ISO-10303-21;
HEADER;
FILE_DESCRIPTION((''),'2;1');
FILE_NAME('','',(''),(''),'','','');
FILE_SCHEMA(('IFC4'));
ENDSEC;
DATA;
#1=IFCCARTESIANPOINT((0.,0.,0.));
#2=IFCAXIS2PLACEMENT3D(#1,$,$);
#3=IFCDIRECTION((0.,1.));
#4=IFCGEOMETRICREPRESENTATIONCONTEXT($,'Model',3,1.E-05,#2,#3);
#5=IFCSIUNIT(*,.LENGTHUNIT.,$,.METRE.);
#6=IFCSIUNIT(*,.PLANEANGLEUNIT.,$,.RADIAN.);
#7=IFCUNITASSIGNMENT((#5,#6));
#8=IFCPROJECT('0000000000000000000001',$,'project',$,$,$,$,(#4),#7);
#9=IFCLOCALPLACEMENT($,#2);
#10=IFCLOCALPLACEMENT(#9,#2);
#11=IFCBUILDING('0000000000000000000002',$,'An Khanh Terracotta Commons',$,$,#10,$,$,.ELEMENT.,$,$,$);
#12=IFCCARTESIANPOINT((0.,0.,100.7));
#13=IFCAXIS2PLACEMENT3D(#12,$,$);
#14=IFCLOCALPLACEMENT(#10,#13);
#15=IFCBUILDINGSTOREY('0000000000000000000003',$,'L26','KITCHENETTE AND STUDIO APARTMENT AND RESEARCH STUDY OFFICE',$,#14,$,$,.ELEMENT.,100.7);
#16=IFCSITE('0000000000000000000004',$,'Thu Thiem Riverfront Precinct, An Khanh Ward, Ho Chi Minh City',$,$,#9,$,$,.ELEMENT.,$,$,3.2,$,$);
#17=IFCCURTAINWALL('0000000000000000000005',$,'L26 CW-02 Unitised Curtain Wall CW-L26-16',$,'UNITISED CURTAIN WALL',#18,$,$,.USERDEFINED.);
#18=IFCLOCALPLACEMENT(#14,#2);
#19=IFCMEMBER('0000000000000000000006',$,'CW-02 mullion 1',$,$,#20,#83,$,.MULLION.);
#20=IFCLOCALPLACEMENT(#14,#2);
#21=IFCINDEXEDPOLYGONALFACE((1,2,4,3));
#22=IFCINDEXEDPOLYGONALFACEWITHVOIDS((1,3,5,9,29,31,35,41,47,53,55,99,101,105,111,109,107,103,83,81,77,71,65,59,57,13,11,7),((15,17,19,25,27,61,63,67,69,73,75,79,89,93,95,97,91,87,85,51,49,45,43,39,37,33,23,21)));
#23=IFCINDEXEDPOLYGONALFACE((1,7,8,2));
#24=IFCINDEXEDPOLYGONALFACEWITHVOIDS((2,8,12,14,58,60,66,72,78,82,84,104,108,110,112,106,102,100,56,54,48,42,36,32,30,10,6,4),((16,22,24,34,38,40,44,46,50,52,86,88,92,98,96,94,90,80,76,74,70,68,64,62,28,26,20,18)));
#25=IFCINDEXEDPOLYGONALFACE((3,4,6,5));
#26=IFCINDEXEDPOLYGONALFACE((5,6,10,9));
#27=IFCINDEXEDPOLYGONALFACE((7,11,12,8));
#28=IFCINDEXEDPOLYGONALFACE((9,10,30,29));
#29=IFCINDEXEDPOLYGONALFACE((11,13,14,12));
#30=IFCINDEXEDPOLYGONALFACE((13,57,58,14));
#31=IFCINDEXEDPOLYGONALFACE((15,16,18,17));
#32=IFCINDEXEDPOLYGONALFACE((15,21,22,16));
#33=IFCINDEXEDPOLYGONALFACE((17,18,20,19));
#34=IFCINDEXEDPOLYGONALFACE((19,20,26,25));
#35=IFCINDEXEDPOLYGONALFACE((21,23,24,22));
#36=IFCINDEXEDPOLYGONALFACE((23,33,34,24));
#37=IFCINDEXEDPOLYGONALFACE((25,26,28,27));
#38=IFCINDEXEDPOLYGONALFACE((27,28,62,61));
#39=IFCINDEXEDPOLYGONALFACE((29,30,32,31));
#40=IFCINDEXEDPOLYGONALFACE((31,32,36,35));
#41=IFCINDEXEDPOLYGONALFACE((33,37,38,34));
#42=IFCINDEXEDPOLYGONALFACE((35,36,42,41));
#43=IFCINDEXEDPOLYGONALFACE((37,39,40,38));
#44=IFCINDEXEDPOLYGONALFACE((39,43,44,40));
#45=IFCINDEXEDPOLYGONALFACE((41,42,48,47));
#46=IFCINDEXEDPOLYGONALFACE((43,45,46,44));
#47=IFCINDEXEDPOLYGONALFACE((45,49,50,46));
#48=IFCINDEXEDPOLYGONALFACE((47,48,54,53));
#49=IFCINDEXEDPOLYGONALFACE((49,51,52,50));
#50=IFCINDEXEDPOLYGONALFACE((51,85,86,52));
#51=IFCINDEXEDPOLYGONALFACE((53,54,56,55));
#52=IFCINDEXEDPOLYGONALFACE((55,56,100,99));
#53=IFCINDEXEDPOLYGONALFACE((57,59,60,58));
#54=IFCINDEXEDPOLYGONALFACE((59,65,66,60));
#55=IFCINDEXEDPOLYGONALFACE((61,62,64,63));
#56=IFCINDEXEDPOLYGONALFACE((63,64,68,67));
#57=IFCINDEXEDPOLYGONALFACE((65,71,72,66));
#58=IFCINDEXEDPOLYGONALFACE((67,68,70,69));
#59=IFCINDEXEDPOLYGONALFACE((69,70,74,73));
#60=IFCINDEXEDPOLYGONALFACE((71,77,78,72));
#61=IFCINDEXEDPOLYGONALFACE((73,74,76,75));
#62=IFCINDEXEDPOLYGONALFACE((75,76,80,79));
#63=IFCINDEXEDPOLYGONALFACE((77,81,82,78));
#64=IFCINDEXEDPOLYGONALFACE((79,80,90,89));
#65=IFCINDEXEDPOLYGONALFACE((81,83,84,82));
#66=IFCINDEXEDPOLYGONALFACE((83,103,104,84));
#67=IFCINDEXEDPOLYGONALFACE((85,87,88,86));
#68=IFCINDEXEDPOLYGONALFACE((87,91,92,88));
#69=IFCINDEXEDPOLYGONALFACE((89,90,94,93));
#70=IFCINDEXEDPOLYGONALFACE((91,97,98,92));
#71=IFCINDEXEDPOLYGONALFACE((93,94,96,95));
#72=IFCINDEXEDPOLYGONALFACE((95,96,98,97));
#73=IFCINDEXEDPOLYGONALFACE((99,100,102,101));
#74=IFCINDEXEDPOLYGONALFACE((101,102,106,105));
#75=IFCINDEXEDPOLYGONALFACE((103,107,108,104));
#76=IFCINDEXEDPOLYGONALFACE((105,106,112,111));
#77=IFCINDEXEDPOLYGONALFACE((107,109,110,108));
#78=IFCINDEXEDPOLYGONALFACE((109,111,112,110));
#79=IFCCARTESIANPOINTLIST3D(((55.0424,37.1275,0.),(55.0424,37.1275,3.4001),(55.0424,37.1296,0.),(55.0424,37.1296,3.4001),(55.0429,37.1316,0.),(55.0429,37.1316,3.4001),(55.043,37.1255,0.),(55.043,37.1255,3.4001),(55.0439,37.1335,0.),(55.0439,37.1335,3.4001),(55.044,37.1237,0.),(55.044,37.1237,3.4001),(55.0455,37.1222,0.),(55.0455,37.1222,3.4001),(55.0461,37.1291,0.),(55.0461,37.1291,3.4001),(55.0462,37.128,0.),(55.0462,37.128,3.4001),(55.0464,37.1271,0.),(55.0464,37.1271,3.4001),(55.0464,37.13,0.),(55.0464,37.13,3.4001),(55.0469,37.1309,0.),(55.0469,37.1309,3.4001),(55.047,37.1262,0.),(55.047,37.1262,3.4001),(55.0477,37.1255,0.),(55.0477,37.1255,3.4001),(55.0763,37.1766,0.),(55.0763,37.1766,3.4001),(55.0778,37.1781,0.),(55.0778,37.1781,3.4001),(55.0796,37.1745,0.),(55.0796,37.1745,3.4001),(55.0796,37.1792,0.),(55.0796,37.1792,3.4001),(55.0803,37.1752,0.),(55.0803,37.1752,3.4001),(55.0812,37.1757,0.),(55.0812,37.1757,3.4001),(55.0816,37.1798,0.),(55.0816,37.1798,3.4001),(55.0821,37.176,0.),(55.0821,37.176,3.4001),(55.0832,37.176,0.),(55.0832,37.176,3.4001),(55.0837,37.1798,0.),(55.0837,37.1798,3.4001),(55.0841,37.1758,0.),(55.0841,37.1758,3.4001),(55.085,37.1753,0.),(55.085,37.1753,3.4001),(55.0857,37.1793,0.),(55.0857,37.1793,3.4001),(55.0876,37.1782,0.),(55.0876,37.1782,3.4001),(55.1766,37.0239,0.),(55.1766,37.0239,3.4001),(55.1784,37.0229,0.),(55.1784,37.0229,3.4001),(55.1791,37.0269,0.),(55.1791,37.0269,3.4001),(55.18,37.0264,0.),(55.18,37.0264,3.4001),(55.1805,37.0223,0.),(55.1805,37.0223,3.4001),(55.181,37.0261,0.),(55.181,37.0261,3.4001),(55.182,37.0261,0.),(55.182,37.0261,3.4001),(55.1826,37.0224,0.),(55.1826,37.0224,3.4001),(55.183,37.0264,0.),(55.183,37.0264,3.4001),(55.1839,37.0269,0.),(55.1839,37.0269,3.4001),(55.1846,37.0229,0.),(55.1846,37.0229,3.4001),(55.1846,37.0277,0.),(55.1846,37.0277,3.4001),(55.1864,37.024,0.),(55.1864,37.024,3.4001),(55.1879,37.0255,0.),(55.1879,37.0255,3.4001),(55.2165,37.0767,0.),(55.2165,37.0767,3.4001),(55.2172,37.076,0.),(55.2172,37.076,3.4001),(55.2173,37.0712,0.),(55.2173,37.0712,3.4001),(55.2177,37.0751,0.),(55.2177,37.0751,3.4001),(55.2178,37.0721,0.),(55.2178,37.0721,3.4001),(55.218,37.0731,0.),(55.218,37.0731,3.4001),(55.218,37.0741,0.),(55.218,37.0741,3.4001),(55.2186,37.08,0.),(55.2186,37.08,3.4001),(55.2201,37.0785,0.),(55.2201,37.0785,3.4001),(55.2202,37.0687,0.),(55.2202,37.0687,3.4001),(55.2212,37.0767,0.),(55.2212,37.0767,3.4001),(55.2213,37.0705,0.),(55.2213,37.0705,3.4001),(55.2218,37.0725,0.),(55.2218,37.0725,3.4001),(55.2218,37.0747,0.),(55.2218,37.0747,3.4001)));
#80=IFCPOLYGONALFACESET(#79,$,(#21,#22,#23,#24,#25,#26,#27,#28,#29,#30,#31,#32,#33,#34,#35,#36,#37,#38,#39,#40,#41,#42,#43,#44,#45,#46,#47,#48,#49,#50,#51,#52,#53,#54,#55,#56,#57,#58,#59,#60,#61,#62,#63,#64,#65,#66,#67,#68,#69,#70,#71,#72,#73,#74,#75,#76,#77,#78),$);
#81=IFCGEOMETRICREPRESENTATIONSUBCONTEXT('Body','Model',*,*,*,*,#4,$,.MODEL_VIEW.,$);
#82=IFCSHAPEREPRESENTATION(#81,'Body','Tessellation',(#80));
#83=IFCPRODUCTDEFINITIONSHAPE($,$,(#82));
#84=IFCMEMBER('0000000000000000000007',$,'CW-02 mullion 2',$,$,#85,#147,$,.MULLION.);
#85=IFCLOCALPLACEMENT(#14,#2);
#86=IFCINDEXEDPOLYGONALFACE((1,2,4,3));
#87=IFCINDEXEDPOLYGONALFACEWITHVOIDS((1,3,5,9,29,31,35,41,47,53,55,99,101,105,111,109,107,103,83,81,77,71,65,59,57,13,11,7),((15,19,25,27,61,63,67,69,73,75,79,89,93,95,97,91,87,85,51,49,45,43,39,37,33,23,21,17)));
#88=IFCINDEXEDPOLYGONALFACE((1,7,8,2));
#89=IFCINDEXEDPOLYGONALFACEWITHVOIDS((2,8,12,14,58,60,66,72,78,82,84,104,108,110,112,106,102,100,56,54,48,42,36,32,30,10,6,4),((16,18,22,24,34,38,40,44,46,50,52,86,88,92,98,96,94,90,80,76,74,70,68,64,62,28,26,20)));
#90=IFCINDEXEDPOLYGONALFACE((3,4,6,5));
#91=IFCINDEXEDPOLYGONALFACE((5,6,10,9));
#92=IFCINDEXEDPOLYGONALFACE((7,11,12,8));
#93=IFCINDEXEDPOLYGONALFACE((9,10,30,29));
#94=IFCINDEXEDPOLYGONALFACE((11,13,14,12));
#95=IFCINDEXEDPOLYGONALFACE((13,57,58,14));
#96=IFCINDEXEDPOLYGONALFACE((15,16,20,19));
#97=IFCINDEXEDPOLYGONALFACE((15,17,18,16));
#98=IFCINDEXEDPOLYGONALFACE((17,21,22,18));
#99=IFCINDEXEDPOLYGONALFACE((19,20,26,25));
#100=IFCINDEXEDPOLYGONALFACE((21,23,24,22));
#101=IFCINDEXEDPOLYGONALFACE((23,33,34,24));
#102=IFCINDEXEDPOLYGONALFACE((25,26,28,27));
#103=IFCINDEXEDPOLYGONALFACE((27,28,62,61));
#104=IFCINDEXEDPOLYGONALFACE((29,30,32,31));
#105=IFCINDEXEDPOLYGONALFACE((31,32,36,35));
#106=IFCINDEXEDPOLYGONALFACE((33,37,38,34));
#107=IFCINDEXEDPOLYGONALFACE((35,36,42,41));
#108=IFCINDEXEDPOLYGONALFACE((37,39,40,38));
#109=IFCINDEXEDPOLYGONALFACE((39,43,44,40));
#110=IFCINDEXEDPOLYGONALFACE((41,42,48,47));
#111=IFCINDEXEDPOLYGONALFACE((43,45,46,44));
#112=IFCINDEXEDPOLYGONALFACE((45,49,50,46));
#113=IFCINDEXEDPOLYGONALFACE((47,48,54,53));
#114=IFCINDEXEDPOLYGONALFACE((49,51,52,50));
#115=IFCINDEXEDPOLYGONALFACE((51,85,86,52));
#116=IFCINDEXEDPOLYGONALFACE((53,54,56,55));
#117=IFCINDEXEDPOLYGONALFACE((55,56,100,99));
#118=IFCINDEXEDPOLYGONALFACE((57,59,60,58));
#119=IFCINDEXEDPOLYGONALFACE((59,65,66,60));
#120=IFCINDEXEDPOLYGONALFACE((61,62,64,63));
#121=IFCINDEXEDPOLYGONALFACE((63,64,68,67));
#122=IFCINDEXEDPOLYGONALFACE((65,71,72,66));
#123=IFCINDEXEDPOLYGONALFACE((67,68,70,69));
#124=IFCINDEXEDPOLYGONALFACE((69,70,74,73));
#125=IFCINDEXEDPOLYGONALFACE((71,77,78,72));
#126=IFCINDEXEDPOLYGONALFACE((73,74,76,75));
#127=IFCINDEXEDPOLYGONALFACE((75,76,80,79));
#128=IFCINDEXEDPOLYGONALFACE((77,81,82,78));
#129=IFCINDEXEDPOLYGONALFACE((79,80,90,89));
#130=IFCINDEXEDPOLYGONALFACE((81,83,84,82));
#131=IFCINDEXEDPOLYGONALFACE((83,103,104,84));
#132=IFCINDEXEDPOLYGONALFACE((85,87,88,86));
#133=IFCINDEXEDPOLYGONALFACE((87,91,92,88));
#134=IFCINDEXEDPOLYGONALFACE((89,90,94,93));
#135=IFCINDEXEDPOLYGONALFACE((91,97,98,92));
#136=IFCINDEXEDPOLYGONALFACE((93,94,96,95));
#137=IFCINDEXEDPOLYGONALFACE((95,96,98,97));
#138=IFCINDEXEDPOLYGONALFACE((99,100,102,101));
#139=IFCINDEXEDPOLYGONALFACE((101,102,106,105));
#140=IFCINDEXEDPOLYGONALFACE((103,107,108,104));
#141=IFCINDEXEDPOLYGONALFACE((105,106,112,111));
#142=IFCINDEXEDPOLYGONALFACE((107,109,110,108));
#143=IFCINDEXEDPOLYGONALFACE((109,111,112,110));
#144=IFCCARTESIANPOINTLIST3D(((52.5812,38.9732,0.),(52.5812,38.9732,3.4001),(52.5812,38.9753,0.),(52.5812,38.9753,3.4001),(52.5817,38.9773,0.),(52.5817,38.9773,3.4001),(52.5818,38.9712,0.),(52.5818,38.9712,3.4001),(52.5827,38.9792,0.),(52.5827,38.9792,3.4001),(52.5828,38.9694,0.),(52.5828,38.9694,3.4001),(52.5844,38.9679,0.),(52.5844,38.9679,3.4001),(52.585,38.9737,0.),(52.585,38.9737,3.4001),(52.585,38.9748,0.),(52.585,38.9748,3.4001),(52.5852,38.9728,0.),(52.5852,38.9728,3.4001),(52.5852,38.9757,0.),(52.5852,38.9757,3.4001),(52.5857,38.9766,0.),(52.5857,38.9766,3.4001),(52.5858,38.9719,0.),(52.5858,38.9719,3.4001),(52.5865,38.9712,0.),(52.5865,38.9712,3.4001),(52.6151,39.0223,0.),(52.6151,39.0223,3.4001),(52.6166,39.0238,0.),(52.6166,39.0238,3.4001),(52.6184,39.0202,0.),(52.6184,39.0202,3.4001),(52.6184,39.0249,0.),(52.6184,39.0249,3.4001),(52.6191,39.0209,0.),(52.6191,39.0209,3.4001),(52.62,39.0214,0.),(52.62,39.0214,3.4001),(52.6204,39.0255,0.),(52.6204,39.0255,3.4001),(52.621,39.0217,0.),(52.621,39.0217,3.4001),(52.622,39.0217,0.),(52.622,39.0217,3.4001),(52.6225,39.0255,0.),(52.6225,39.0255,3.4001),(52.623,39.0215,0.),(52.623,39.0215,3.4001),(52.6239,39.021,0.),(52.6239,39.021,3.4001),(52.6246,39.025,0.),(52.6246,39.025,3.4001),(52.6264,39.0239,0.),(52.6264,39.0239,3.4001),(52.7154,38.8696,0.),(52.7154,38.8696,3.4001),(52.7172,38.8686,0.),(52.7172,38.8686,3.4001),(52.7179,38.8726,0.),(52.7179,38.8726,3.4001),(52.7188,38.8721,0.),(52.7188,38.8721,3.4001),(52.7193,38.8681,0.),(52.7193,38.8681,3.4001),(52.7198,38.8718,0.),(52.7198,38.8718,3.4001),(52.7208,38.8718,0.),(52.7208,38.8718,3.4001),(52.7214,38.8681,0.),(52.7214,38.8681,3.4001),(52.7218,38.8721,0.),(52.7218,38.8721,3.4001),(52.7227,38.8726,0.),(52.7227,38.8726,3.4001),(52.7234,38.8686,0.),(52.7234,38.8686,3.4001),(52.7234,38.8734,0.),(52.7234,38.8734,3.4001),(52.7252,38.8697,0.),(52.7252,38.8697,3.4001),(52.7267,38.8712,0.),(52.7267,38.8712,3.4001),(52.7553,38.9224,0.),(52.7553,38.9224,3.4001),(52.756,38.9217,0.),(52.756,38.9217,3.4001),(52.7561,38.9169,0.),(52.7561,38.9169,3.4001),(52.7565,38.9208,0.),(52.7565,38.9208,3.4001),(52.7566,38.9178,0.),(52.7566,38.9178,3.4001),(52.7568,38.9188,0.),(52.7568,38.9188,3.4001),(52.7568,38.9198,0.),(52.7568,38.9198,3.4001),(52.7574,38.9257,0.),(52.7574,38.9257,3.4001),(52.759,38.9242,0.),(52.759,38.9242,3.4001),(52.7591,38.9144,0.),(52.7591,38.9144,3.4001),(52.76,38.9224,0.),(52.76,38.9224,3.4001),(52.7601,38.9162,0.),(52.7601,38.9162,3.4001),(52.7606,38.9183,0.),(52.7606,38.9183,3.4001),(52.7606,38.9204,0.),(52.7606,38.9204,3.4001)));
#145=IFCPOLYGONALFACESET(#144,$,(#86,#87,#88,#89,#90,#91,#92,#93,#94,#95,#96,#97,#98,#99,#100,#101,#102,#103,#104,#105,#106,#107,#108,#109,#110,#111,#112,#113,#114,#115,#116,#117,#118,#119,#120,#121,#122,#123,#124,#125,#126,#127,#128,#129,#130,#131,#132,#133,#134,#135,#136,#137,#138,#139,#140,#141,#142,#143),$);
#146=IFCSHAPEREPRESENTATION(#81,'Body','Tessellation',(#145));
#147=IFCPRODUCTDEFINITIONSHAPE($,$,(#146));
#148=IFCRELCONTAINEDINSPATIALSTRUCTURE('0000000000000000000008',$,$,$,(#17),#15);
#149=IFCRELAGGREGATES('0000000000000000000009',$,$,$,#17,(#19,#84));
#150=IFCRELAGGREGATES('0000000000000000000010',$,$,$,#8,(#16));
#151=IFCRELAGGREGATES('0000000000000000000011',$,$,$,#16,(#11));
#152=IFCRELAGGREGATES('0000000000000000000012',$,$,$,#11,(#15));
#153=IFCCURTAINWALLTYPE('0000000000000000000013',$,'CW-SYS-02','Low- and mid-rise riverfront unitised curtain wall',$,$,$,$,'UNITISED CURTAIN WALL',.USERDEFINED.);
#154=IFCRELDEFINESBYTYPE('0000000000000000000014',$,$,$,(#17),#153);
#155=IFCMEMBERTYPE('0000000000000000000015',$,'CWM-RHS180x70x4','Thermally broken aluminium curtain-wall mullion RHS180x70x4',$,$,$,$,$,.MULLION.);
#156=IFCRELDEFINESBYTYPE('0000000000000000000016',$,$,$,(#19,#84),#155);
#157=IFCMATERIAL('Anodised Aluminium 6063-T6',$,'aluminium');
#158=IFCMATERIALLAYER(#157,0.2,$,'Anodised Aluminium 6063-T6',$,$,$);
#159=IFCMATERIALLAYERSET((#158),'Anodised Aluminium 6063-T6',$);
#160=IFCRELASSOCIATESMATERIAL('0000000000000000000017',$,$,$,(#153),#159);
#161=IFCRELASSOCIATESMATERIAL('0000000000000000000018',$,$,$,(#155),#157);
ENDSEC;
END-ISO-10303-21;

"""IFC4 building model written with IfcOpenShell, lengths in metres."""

from ifc_helpers import new_model, si_unit, direction, frame, origin, origin_2d, place, context, subcontext, project, spatial, hollow_rectangle, extrude, material, layer, layer_set, material_profile, profile_set, type_object, element, aggregate, save


model = new_model("IFC4")

# Units and contexts
model_context = context("Model", 3, precision=1e-05, world=origin(), true_north=direction((0.0, 1.0)))
body_context = subcontext(model_context, "Body", "Model", "MODEL_VIEW")
ifc_project = project(units=[si_unit("LENGTHUNIT", "METRE"), si_unit("PLANEANGLEUNIT", "RADIAN")], contexts=[model_context])

# Site, building, storey
site_placement = place(None, origin())
site = spatial("IfcSite", under=ifc_project, at=site_placement, Name="Thu Thiem Riverfront Precinct, An Khanh Ward, Ho Chi Minh City", CompositionType="ELEMENT", RefElevation=3.2)
building_placement = place(site_placement, origin())
building = spatial("IfcBuilding", under=site, at=building_placement, Name="An Khanh Terracotta Commons", CompositionType="ELEMENT")
storey_placement = place(building_placement, frame((0.0, 0.0, 100.7)))
storey = spatial("IfcBuildingStorey", under=building, at=storey_placement, Name="L26", Description="KITCHENETTE AND STUDIO APARTMENT AND RESEARCH STUDY OFFICE", CompositionType="ELEMENT", Elevation=100.7)

# Shared definitions
ifc_material_1 = material(Name="Anodised Aluminium 6063-T6", Category="aluminium")
ifc_layer_1 = layer(ifc_material_1, 0.2, Name="Anodised Aluminium 6063-T6")
ifc_layer_set_1 = layer_set([ifc_layer_1], Name="Anodised Aluminium 6063-T6")
curtain_wall_type = type_object("IfcCurtainWallType", Name="CW-SYS-02", Description="Low- and mid-rise riverfront unitised curtain wall", ElementType="UNITISED CURTAIN WALL", PredefinedType="USERDEFINED", material=ifc_layer_set_1)
ifc_material_profile_1 = material_profile(ifc_material_1, hollow_rectangle(XDim=0.0701, YDim=0.1799, WallThickness=0.0039, InnerFilletRadius=0.0039, OuterFilletRadius=0.0081, at=origin_2d()), Name="RHS180x70x4")
ifc_profile_set_1 = profile_set([ifc_material_profile_1], Name="Anodised Aluminium 6063-T6")
member_type_1 = type_object("IfcMemberType", Name="CWM-RHS180x70x4", Description="Thermally broken aluminium curtain-wall mullion RHS180x70x4", PredefinedType="MULLION", material=ifc_profile_set_1)

# Curtain wall, members
curtain_wall_1_placement = place(storey_placement, origin())
curtain_wall_1 = element("IfcCurtainWall", 1, at=curtain_wall_1_placement, inside=storey, type_object=curtain_wall_type, Name="L26 CW-02 Unitised Curtain Wall CW-L26-16", ObjectType="UNITISED CURTAIN WALL", PredefinedType="USERDEFINED")
member_1_placement = place(storey_placement, frame((55.1321, 37.1011, 0.0), z_axis=(0.0, 0.0, 1.0), x_axis=(-0.599983, -0.800013, 0.0)))
member_1 = element("IfcMember", 2, at=member_1_placement, type_object=member_type_1, Name="CW-02 mullion 1", PredefinedType="MULLION", context=body_context, shape_type="SweptSolid", body=[
    extrude(hollow_rectangle(XDim=0.0701, YDim=0.1799, WallThickness=0.0039, InnerFilletRadius=0.0039, OuterFilletRadius=0.0081, at=origin_2d()), origin(), (0.0, 0.0, 1.0), 3.4001),
])
member_2_placement = place(storey_placement, frame((52.6709, 38.9468, 0.0), z_axis=(0.0, 0.0, 1.0), x_axis=(-0.599983, -0.800013, 0.0)))
member_2 = element("IfcMember", 3, at=member_2_placement, type_object=member_type_1, Name="CW-02 mullion 2", PredefinedType="MULLION", context=body_context, shape_type="SweptSolid", body=[
    extrude(hollow_rectangle(XDim=0.0701, YDim=0.1799, WallThickness=0.0039, InnerFilletRadius=0.0039, OuterFilletRadius=0.0081, at=origin_2d()), origin(), (0.0, 0.0, 1.0), 3.4001),
])
aggregate(curtain_wall_1, [member_1, member_2])

save(model, "model.ifc")
